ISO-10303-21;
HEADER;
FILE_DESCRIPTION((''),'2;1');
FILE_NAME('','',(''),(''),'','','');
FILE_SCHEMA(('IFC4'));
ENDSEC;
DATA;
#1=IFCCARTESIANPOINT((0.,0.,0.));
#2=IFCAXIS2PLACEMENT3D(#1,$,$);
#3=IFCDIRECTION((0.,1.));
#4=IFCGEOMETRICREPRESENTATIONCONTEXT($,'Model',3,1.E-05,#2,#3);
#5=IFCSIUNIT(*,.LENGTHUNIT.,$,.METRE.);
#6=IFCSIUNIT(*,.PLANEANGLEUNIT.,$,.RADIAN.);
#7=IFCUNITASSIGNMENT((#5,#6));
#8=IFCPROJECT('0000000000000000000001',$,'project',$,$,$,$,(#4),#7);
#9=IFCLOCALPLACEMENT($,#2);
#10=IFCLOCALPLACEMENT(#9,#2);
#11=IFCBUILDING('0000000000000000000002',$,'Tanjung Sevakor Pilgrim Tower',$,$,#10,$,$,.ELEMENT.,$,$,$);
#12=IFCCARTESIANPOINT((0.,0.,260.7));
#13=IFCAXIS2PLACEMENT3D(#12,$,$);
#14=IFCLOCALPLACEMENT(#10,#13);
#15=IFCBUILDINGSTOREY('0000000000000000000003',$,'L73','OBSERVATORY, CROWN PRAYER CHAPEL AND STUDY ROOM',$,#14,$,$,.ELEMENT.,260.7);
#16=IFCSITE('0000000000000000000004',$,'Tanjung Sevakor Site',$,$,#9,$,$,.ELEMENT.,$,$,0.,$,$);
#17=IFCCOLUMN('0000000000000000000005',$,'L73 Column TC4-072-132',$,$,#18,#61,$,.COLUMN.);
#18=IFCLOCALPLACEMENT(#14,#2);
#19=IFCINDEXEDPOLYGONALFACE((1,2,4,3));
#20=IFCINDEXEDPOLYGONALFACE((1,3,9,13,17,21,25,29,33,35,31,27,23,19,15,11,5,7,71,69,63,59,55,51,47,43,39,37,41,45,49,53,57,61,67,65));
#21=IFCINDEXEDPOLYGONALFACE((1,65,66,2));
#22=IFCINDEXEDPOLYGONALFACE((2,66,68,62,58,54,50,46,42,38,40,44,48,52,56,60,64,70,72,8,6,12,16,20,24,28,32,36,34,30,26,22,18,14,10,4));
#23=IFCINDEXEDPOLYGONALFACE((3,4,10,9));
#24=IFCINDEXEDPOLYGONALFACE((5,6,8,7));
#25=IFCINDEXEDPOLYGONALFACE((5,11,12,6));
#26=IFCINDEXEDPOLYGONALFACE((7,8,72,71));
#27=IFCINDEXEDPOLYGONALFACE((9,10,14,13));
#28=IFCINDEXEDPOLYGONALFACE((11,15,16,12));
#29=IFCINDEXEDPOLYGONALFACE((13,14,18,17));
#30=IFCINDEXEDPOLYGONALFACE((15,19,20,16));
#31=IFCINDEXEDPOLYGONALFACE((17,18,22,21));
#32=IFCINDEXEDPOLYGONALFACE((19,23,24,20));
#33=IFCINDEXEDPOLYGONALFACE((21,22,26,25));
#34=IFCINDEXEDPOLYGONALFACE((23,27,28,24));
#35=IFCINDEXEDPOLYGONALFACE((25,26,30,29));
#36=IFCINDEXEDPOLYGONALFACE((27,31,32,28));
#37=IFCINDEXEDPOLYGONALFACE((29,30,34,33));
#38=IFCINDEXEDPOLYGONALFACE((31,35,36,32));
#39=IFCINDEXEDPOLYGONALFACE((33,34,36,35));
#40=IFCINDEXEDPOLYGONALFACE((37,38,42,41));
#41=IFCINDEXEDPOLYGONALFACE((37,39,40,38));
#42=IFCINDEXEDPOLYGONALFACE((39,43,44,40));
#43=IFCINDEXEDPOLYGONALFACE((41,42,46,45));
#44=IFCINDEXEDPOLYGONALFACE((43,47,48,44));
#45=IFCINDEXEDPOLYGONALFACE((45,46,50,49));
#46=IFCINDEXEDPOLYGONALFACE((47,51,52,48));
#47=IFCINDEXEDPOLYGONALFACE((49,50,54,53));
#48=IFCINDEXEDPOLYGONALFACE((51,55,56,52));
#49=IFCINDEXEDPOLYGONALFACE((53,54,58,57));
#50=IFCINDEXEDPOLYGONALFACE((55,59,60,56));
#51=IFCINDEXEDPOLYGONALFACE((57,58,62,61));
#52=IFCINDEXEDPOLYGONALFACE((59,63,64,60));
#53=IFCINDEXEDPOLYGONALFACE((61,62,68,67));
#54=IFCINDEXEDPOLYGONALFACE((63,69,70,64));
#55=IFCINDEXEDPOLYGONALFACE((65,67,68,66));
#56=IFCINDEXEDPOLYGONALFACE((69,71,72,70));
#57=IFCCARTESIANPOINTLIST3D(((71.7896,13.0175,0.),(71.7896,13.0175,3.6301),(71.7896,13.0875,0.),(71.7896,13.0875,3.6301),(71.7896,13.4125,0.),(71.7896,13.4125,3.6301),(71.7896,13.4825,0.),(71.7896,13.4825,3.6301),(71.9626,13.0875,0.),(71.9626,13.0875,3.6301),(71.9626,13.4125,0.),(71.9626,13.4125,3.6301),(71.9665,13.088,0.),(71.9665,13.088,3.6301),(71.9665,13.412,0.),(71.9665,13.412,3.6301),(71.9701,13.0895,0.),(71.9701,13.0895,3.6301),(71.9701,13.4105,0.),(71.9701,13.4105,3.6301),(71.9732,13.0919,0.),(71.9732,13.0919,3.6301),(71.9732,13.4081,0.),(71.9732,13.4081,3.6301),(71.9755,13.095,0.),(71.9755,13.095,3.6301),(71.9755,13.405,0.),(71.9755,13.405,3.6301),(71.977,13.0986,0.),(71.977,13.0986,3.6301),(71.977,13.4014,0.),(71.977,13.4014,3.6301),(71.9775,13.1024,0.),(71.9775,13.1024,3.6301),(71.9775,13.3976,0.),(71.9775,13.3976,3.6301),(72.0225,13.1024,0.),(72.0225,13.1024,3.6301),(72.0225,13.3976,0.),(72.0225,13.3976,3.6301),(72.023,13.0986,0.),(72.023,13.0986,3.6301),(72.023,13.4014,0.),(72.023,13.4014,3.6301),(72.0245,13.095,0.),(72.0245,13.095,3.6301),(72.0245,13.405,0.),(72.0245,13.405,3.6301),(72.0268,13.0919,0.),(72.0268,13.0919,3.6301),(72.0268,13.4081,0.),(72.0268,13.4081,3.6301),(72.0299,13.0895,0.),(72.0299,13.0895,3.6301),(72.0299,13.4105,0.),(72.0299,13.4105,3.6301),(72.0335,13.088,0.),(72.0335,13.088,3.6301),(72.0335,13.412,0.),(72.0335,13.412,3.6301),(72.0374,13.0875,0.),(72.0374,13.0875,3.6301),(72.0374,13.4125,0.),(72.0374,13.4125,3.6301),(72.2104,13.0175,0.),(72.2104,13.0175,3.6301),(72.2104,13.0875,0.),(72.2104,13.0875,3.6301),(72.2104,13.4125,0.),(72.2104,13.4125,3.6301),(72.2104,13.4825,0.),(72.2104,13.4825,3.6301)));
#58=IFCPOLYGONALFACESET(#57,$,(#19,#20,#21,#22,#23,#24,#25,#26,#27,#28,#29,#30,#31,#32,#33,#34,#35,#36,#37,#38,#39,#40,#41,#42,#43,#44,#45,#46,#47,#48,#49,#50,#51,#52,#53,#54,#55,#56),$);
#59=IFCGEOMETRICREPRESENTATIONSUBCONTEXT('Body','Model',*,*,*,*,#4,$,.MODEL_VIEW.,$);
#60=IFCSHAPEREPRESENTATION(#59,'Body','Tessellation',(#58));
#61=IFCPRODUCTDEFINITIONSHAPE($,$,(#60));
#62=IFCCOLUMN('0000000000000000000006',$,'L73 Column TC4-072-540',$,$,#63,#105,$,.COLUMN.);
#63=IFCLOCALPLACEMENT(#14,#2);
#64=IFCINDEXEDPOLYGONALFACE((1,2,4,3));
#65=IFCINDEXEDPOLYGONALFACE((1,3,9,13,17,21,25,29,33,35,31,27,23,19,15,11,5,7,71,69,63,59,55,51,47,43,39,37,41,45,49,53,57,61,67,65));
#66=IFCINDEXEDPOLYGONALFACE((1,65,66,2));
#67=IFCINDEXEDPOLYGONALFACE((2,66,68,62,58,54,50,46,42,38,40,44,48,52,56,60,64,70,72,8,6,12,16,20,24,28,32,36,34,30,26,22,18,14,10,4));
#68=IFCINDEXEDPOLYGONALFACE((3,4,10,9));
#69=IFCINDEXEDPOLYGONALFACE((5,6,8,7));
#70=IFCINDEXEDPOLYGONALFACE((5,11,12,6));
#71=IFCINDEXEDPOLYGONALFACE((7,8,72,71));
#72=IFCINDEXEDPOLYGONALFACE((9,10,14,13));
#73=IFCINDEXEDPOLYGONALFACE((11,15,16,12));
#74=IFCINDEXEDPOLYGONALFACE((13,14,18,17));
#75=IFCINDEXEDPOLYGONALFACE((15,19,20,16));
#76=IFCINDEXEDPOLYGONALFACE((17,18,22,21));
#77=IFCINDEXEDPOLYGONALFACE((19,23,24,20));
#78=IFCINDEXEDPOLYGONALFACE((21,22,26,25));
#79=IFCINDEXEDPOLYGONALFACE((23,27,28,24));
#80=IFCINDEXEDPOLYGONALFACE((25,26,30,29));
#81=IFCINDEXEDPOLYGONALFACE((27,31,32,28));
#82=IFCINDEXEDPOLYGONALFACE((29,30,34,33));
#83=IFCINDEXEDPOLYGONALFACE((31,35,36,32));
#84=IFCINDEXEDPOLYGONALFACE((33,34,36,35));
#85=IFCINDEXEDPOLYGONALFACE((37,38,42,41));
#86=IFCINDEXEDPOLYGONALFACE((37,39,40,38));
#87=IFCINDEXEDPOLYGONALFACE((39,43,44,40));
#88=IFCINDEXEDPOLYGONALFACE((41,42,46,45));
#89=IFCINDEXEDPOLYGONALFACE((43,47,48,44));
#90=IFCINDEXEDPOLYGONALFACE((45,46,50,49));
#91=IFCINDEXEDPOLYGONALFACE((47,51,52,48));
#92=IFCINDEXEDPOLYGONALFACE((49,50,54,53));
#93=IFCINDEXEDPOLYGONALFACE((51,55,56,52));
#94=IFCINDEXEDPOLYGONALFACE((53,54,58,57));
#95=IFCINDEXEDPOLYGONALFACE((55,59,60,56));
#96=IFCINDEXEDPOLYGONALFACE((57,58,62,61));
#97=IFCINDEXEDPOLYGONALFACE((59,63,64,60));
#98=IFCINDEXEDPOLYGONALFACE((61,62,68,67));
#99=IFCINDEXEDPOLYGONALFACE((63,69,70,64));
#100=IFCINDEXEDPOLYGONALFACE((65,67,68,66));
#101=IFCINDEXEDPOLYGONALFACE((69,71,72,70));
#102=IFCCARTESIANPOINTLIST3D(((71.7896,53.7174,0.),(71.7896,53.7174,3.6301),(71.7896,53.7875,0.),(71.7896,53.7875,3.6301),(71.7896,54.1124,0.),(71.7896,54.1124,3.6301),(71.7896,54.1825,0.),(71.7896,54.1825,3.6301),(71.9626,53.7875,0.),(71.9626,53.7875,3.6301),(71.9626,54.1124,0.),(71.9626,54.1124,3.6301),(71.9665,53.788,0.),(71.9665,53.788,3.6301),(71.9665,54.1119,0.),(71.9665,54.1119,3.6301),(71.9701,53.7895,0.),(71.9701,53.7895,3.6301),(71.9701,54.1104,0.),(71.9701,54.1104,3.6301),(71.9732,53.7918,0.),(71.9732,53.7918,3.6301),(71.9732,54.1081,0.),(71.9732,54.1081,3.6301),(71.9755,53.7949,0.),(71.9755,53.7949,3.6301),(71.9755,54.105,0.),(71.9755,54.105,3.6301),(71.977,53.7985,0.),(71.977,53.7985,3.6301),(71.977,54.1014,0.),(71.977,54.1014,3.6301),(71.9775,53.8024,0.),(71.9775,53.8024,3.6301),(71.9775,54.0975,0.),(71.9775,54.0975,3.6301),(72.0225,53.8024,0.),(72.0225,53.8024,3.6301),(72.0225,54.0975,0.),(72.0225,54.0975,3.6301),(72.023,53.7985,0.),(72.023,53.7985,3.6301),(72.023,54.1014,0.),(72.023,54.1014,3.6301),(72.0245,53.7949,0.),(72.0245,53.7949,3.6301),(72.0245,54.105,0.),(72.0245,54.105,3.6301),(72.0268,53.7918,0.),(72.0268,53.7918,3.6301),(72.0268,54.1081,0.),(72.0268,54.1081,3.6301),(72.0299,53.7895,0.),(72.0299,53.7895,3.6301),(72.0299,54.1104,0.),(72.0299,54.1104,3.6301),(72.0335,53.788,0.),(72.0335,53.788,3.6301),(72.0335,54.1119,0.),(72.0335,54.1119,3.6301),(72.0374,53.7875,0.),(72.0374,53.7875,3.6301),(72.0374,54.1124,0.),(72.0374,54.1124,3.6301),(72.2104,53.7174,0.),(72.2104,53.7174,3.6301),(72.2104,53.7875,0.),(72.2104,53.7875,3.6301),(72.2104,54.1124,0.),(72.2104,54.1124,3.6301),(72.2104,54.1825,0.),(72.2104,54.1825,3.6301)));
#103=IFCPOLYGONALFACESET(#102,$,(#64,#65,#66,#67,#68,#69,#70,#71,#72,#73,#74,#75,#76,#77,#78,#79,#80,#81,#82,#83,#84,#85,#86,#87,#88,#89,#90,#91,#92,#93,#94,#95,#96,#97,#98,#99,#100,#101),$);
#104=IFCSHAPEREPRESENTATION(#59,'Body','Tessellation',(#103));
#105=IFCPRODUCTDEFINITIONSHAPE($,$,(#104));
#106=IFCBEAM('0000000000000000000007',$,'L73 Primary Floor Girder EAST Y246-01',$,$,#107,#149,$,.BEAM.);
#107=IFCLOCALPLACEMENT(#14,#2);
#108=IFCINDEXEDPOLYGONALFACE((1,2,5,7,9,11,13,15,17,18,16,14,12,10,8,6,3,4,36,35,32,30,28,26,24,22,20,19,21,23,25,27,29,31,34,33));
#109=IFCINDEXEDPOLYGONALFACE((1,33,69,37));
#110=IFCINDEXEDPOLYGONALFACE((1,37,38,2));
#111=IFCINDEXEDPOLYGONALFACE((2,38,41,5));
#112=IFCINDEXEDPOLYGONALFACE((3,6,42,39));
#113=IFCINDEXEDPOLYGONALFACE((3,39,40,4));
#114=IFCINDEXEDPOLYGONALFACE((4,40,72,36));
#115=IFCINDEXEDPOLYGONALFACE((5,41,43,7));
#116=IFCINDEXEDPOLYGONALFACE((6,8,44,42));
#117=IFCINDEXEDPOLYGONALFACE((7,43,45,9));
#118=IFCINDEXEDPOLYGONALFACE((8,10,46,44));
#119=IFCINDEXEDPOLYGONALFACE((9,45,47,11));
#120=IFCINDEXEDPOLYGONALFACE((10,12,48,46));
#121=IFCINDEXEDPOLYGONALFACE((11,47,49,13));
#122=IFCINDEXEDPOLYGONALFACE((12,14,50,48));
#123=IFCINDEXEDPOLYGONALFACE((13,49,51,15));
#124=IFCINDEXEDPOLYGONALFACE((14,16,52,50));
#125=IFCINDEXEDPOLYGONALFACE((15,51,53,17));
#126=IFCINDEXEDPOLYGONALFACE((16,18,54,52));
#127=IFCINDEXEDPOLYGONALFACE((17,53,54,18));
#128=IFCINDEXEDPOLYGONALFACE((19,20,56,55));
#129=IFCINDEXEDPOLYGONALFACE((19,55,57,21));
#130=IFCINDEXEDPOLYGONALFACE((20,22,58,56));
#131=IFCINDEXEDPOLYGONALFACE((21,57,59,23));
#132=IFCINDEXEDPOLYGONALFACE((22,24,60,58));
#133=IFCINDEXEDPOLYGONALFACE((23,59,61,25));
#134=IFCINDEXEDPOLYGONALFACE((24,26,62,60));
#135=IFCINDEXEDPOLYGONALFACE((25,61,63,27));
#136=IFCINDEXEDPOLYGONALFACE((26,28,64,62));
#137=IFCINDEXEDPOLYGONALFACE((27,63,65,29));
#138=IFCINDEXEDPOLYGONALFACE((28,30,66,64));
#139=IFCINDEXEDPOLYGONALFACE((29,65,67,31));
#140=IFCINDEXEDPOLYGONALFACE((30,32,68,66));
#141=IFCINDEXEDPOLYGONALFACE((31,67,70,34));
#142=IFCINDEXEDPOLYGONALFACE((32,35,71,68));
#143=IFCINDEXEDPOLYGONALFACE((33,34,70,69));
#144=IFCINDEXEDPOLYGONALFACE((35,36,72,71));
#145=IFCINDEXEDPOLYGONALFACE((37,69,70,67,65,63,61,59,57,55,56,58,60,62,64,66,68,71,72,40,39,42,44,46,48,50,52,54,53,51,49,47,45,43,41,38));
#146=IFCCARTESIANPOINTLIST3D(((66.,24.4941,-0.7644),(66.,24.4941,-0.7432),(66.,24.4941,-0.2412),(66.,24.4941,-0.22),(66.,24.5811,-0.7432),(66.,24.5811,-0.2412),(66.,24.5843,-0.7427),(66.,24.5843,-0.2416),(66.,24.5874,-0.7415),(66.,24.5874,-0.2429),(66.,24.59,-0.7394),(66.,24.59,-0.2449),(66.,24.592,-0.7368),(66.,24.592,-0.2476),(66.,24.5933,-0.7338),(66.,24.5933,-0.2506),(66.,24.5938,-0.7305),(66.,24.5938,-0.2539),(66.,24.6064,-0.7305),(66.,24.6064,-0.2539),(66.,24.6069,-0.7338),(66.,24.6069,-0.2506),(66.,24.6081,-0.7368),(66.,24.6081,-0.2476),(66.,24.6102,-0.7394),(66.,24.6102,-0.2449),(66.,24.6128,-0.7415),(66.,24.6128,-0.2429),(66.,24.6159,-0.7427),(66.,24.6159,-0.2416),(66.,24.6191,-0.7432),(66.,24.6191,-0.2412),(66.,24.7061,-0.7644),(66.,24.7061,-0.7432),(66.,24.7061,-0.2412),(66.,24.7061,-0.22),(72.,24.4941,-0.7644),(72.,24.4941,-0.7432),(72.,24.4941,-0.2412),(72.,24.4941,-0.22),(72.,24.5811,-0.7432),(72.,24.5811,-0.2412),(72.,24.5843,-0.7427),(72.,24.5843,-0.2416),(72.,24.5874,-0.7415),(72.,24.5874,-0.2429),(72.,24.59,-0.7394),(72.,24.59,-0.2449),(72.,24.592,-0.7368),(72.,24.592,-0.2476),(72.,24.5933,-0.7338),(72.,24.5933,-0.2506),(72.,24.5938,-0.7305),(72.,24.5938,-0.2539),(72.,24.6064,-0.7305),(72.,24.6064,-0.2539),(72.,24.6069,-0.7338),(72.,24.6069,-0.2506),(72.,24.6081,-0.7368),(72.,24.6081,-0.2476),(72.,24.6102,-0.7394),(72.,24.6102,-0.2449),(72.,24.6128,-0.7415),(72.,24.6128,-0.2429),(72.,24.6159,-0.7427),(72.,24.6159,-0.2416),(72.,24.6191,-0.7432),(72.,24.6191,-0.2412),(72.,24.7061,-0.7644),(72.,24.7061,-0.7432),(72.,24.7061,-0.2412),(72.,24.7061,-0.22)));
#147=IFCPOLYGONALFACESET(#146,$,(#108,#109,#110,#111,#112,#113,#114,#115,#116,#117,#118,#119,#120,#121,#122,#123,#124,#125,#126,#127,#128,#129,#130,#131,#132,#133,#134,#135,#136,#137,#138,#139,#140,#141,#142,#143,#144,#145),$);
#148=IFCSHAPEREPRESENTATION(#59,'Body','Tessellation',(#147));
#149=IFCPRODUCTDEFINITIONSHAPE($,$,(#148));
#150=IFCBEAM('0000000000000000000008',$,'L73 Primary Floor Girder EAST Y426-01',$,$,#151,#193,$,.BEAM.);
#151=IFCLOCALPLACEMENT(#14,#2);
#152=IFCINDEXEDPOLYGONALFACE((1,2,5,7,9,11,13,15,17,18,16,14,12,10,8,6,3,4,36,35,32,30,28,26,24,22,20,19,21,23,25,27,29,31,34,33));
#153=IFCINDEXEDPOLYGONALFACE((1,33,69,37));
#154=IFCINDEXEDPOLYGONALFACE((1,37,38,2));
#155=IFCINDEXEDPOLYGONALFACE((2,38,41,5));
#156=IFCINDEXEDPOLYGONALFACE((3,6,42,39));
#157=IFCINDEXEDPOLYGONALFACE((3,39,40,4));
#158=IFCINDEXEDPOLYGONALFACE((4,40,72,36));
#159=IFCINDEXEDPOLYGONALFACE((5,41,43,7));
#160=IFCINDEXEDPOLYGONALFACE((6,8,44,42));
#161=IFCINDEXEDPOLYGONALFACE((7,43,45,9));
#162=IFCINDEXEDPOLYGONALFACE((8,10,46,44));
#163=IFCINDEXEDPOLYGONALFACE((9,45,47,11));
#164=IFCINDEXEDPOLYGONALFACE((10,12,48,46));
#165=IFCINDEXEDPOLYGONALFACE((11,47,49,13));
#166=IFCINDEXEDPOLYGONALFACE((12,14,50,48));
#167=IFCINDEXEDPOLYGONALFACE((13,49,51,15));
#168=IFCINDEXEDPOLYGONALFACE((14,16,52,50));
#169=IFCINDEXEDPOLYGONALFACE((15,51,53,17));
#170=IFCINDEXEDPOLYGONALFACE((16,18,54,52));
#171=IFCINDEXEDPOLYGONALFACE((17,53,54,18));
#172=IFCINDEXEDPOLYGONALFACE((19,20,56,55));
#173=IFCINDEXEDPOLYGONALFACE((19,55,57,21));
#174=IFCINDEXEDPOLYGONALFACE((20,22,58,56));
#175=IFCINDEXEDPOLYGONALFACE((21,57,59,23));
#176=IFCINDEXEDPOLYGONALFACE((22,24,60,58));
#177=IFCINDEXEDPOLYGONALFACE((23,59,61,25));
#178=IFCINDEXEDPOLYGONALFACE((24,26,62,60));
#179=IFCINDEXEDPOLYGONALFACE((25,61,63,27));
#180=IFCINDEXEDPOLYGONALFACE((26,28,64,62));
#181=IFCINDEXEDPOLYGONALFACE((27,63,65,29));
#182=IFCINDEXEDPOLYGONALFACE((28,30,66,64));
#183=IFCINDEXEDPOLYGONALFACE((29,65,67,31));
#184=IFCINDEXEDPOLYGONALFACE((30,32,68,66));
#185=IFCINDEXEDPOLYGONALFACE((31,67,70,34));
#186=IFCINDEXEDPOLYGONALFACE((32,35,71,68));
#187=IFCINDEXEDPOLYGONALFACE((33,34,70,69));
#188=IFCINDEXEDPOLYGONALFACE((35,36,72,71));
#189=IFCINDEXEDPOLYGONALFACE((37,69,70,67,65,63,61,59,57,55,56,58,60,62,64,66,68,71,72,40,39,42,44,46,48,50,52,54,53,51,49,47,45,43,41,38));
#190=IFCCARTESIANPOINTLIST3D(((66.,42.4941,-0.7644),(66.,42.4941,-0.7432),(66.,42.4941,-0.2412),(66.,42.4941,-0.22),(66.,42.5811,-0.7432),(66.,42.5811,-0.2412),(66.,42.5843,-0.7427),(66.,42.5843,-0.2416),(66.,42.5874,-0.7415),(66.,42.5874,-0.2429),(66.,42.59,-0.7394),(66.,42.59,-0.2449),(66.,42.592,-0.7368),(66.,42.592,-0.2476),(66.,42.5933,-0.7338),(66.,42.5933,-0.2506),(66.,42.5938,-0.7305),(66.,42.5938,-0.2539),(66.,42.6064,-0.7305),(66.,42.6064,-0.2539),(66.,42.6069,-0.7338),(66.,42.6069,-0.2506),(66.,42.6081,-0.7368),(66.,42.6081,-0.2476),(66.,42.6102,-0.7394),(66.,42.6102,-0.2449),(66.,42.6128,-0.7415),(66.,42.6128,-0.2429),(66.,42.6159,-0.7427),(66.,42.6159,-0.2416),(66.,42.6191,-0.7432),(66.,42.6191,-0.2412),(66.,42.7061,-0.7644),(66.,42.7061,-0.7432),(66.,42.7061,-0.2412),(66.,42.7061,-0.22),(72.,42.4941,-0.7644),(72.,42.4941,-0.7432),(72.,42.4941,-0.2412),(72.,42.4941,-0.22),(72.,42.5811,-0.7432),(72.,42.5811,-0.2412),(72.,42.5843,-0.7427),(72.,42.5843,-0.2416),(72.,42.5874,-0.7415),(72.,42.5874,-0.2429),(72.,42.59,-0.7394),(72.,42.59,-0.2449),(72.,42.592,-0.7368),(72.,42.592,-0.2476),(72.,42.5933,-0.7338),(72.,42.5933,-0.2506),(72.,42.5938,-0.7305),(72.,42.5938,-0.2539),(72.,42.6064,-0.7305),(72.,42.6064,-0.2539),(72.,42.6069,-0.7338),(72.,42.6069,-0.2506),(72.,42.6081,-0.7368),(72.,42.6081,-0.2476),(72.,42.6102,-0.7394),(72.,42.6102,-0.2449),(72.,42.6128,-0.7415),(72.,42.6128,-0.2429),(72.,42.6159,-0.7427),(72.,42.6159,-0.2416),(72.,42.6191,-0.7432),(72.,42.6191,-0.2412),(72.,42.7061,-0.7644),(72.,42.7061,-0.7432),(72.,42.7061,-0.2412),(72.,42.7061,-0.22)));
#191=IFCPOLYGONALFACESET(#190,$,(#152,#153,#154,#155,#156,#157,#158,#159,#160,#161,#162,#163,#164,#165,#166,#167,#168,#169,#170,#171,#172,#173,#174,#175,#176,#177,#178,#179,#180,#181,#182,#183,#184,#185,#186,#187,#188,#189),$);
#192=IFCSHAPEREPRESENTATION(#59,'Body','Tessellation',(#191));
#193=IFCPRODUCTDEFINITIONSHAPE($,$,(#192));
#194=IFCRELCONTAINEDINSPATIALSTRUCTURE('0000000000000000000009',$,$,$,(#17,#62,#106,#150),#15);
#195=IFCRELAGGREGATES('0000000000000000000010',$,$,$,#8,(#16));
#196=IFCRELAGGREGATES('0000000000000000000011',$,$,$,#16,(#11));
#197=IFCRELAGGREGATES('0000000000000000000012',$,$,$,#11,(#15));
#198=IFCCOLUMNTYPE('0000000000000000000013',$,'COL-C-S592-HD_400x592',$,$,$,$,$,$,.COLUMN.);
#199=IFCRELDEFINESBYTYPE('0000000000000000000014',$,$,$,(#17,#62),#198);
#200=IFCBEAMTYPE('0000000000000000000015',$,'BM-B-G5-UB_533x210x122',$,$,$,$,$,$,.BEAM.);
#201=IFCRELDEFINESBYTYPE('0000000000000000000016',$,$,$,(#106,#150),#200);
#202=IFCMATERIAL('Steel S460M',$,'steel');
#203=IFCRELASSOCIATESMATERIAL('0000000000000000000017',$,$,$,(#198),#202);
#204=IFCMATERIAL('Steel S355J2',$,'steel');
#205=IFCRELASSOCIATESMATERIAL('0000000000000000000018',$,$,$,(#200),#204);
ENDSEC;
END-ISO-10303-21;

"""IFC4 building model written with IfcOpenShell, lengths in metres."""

from ifc_helpers import new_model, si_unit, direction, frame, origin, origin_2d, place, context, subcontext, project, spatial, i_section, extrude, material, material_profile, profile_set, type_object, element, save


model = new_model("IFC4")

# Units and contexts
model_context = context("Model", 3, precision=1e-05, world=origin(), true_north=direction((0.0, 1.0)))
body_context = subcontext(model_context, "Body", "Model", "MODEL_VIEW")
ifc_project = project(units=[si_unit("LENGTHUNIT", "METRE"), si_unit("PLANEANGLEUNIT", "RADIAN")], contexts=[model_context])

# Site, building, storey
site_placement = place(None, origin())
site = spatial("IfcSite", under=ifc_project, at=site_placement, Name="Tanjung Sevakor Site", CompositionType="ELEMENT", RefElevation=0.0)
building_placement = place(site_placement, origin())
building = spatial("IfcBuilding", under=site, at=building_placement, Name="Tanjung Sevakor Pilgrim Tower", CompositionType="ELEMENT")
storey_placement = place(building_placement, frame((0.0, 0.0, 260.7)))
storey = spatial("IfcBuildingStorey", under=building, at=storey_placement, Name="L73", Description="OBSERVATORY, CROWN PRAYER CHAPEL AND STUDY ROOM", CompositionType="ELEMENT", Elevation=260.7)

# Columns
ifc_material_1 = material(Name="Steel S460M", Category="steel")
ifc_material_profile_1 = material_profile(ifc_material_1, i_section(OverallWidth=0.4209, OverallDepth=0.4651, WebThickness=0.0449, FlangeThickness=0.0701, FilletRadius=0.0149, at=origin_2d()))
ifc_profile_set_1 = profile_set([ifc_material_profile_1], Name="Steel S460M")
column_type = type_object("IfcColumnType", Name="COL-C-S592-HD_400x592", PredefinedType="COLUMN", material=ifc_profile_set_1)
for number, where, z_axis, x_axis, name in (
    (1, (72.0, 13.25, 0.0), (0.0, 0.0, 1.0), (1.0, 0.0, 0.0), "L73 Column TC4-072-132"),
    (2, (72.0, 53.95, 0.0), (0.0, 0.0, 1.0), (1.0, 0.0, 0.0), "L73 Column TC4-072-540"),
):
    element("IfcColumn", number, at=place(storey_placement, frame(where, z_axis=z_axis, x_axis=x_axis)), inside=storey, type_object=column_type, Name=name, PredefinedType="COLUMN", context=body_context, shape_type="SweptSolid", body=[
        extrude(i_section(OverallWidth=0.4209, OverallDepth=0.4651, WebThickness=0.0449, FlangeThickness=0.0701, FilletRadius=0.0149, at=origin_2d()), origin(), (0.0, 0.0, 1.0), 3.6301),
    ])

# Beams
ifc_material_2 = material(Name="Steel S355J2", Category="steel")
ifc_material_profile_2 = material_profile(ifc_material_2, i_section(OverallWidth=0.2119, OverallDepth=0.5444, WebThickness=0.0127, FlangeThickness=0.0212, FilletRadius=0.0127, at=origin_2d()))
ifc_profile_set_2 = profile_set([ifc_material_profile_2], Name="Steel S355J2")
beam_type_1 = type_object("IfcBeamType", Name="BM-B-G5-UB_533x210x122", PredefinedType="BEAM", material=ifc_profile_set_2)
for number, where, z_axis, x_axis, name in (
    (3, (66.0, 24.6001, -0.4922), (1.0, 0.0, 0.0), (0.0, 1.0, 0.0), "L73 Primary Floor Girder EAST Y246-01"),
    (4, (66.0, 42.6001, -0.4922), (1.0, 0.0, 0.0), (0.0, 1.0, 0.0), "L73 Primary Floor Girder EAST Y426-01"),
):
    element("IfcBeam", number, at=place(storey_placement, frame(where, z_axis=z_axis, x_axis=x_axis)), inside=storey, type_object=beam_type_1, Name=name, PredefinedType="BEAM", context=body_context, shape_type="SweptSolid", body=[
        extrude(i_section(OverallWidth=0.2119, OverallDepth=0.5444, WebThickness=0.0127, FlangeThickness=0.0212, FilletRadius=0.0127, at=origin_2d()), origin(), (0.0, 0.0, 1.0), 6.0),
    ])

save(model, "model.ifc")
